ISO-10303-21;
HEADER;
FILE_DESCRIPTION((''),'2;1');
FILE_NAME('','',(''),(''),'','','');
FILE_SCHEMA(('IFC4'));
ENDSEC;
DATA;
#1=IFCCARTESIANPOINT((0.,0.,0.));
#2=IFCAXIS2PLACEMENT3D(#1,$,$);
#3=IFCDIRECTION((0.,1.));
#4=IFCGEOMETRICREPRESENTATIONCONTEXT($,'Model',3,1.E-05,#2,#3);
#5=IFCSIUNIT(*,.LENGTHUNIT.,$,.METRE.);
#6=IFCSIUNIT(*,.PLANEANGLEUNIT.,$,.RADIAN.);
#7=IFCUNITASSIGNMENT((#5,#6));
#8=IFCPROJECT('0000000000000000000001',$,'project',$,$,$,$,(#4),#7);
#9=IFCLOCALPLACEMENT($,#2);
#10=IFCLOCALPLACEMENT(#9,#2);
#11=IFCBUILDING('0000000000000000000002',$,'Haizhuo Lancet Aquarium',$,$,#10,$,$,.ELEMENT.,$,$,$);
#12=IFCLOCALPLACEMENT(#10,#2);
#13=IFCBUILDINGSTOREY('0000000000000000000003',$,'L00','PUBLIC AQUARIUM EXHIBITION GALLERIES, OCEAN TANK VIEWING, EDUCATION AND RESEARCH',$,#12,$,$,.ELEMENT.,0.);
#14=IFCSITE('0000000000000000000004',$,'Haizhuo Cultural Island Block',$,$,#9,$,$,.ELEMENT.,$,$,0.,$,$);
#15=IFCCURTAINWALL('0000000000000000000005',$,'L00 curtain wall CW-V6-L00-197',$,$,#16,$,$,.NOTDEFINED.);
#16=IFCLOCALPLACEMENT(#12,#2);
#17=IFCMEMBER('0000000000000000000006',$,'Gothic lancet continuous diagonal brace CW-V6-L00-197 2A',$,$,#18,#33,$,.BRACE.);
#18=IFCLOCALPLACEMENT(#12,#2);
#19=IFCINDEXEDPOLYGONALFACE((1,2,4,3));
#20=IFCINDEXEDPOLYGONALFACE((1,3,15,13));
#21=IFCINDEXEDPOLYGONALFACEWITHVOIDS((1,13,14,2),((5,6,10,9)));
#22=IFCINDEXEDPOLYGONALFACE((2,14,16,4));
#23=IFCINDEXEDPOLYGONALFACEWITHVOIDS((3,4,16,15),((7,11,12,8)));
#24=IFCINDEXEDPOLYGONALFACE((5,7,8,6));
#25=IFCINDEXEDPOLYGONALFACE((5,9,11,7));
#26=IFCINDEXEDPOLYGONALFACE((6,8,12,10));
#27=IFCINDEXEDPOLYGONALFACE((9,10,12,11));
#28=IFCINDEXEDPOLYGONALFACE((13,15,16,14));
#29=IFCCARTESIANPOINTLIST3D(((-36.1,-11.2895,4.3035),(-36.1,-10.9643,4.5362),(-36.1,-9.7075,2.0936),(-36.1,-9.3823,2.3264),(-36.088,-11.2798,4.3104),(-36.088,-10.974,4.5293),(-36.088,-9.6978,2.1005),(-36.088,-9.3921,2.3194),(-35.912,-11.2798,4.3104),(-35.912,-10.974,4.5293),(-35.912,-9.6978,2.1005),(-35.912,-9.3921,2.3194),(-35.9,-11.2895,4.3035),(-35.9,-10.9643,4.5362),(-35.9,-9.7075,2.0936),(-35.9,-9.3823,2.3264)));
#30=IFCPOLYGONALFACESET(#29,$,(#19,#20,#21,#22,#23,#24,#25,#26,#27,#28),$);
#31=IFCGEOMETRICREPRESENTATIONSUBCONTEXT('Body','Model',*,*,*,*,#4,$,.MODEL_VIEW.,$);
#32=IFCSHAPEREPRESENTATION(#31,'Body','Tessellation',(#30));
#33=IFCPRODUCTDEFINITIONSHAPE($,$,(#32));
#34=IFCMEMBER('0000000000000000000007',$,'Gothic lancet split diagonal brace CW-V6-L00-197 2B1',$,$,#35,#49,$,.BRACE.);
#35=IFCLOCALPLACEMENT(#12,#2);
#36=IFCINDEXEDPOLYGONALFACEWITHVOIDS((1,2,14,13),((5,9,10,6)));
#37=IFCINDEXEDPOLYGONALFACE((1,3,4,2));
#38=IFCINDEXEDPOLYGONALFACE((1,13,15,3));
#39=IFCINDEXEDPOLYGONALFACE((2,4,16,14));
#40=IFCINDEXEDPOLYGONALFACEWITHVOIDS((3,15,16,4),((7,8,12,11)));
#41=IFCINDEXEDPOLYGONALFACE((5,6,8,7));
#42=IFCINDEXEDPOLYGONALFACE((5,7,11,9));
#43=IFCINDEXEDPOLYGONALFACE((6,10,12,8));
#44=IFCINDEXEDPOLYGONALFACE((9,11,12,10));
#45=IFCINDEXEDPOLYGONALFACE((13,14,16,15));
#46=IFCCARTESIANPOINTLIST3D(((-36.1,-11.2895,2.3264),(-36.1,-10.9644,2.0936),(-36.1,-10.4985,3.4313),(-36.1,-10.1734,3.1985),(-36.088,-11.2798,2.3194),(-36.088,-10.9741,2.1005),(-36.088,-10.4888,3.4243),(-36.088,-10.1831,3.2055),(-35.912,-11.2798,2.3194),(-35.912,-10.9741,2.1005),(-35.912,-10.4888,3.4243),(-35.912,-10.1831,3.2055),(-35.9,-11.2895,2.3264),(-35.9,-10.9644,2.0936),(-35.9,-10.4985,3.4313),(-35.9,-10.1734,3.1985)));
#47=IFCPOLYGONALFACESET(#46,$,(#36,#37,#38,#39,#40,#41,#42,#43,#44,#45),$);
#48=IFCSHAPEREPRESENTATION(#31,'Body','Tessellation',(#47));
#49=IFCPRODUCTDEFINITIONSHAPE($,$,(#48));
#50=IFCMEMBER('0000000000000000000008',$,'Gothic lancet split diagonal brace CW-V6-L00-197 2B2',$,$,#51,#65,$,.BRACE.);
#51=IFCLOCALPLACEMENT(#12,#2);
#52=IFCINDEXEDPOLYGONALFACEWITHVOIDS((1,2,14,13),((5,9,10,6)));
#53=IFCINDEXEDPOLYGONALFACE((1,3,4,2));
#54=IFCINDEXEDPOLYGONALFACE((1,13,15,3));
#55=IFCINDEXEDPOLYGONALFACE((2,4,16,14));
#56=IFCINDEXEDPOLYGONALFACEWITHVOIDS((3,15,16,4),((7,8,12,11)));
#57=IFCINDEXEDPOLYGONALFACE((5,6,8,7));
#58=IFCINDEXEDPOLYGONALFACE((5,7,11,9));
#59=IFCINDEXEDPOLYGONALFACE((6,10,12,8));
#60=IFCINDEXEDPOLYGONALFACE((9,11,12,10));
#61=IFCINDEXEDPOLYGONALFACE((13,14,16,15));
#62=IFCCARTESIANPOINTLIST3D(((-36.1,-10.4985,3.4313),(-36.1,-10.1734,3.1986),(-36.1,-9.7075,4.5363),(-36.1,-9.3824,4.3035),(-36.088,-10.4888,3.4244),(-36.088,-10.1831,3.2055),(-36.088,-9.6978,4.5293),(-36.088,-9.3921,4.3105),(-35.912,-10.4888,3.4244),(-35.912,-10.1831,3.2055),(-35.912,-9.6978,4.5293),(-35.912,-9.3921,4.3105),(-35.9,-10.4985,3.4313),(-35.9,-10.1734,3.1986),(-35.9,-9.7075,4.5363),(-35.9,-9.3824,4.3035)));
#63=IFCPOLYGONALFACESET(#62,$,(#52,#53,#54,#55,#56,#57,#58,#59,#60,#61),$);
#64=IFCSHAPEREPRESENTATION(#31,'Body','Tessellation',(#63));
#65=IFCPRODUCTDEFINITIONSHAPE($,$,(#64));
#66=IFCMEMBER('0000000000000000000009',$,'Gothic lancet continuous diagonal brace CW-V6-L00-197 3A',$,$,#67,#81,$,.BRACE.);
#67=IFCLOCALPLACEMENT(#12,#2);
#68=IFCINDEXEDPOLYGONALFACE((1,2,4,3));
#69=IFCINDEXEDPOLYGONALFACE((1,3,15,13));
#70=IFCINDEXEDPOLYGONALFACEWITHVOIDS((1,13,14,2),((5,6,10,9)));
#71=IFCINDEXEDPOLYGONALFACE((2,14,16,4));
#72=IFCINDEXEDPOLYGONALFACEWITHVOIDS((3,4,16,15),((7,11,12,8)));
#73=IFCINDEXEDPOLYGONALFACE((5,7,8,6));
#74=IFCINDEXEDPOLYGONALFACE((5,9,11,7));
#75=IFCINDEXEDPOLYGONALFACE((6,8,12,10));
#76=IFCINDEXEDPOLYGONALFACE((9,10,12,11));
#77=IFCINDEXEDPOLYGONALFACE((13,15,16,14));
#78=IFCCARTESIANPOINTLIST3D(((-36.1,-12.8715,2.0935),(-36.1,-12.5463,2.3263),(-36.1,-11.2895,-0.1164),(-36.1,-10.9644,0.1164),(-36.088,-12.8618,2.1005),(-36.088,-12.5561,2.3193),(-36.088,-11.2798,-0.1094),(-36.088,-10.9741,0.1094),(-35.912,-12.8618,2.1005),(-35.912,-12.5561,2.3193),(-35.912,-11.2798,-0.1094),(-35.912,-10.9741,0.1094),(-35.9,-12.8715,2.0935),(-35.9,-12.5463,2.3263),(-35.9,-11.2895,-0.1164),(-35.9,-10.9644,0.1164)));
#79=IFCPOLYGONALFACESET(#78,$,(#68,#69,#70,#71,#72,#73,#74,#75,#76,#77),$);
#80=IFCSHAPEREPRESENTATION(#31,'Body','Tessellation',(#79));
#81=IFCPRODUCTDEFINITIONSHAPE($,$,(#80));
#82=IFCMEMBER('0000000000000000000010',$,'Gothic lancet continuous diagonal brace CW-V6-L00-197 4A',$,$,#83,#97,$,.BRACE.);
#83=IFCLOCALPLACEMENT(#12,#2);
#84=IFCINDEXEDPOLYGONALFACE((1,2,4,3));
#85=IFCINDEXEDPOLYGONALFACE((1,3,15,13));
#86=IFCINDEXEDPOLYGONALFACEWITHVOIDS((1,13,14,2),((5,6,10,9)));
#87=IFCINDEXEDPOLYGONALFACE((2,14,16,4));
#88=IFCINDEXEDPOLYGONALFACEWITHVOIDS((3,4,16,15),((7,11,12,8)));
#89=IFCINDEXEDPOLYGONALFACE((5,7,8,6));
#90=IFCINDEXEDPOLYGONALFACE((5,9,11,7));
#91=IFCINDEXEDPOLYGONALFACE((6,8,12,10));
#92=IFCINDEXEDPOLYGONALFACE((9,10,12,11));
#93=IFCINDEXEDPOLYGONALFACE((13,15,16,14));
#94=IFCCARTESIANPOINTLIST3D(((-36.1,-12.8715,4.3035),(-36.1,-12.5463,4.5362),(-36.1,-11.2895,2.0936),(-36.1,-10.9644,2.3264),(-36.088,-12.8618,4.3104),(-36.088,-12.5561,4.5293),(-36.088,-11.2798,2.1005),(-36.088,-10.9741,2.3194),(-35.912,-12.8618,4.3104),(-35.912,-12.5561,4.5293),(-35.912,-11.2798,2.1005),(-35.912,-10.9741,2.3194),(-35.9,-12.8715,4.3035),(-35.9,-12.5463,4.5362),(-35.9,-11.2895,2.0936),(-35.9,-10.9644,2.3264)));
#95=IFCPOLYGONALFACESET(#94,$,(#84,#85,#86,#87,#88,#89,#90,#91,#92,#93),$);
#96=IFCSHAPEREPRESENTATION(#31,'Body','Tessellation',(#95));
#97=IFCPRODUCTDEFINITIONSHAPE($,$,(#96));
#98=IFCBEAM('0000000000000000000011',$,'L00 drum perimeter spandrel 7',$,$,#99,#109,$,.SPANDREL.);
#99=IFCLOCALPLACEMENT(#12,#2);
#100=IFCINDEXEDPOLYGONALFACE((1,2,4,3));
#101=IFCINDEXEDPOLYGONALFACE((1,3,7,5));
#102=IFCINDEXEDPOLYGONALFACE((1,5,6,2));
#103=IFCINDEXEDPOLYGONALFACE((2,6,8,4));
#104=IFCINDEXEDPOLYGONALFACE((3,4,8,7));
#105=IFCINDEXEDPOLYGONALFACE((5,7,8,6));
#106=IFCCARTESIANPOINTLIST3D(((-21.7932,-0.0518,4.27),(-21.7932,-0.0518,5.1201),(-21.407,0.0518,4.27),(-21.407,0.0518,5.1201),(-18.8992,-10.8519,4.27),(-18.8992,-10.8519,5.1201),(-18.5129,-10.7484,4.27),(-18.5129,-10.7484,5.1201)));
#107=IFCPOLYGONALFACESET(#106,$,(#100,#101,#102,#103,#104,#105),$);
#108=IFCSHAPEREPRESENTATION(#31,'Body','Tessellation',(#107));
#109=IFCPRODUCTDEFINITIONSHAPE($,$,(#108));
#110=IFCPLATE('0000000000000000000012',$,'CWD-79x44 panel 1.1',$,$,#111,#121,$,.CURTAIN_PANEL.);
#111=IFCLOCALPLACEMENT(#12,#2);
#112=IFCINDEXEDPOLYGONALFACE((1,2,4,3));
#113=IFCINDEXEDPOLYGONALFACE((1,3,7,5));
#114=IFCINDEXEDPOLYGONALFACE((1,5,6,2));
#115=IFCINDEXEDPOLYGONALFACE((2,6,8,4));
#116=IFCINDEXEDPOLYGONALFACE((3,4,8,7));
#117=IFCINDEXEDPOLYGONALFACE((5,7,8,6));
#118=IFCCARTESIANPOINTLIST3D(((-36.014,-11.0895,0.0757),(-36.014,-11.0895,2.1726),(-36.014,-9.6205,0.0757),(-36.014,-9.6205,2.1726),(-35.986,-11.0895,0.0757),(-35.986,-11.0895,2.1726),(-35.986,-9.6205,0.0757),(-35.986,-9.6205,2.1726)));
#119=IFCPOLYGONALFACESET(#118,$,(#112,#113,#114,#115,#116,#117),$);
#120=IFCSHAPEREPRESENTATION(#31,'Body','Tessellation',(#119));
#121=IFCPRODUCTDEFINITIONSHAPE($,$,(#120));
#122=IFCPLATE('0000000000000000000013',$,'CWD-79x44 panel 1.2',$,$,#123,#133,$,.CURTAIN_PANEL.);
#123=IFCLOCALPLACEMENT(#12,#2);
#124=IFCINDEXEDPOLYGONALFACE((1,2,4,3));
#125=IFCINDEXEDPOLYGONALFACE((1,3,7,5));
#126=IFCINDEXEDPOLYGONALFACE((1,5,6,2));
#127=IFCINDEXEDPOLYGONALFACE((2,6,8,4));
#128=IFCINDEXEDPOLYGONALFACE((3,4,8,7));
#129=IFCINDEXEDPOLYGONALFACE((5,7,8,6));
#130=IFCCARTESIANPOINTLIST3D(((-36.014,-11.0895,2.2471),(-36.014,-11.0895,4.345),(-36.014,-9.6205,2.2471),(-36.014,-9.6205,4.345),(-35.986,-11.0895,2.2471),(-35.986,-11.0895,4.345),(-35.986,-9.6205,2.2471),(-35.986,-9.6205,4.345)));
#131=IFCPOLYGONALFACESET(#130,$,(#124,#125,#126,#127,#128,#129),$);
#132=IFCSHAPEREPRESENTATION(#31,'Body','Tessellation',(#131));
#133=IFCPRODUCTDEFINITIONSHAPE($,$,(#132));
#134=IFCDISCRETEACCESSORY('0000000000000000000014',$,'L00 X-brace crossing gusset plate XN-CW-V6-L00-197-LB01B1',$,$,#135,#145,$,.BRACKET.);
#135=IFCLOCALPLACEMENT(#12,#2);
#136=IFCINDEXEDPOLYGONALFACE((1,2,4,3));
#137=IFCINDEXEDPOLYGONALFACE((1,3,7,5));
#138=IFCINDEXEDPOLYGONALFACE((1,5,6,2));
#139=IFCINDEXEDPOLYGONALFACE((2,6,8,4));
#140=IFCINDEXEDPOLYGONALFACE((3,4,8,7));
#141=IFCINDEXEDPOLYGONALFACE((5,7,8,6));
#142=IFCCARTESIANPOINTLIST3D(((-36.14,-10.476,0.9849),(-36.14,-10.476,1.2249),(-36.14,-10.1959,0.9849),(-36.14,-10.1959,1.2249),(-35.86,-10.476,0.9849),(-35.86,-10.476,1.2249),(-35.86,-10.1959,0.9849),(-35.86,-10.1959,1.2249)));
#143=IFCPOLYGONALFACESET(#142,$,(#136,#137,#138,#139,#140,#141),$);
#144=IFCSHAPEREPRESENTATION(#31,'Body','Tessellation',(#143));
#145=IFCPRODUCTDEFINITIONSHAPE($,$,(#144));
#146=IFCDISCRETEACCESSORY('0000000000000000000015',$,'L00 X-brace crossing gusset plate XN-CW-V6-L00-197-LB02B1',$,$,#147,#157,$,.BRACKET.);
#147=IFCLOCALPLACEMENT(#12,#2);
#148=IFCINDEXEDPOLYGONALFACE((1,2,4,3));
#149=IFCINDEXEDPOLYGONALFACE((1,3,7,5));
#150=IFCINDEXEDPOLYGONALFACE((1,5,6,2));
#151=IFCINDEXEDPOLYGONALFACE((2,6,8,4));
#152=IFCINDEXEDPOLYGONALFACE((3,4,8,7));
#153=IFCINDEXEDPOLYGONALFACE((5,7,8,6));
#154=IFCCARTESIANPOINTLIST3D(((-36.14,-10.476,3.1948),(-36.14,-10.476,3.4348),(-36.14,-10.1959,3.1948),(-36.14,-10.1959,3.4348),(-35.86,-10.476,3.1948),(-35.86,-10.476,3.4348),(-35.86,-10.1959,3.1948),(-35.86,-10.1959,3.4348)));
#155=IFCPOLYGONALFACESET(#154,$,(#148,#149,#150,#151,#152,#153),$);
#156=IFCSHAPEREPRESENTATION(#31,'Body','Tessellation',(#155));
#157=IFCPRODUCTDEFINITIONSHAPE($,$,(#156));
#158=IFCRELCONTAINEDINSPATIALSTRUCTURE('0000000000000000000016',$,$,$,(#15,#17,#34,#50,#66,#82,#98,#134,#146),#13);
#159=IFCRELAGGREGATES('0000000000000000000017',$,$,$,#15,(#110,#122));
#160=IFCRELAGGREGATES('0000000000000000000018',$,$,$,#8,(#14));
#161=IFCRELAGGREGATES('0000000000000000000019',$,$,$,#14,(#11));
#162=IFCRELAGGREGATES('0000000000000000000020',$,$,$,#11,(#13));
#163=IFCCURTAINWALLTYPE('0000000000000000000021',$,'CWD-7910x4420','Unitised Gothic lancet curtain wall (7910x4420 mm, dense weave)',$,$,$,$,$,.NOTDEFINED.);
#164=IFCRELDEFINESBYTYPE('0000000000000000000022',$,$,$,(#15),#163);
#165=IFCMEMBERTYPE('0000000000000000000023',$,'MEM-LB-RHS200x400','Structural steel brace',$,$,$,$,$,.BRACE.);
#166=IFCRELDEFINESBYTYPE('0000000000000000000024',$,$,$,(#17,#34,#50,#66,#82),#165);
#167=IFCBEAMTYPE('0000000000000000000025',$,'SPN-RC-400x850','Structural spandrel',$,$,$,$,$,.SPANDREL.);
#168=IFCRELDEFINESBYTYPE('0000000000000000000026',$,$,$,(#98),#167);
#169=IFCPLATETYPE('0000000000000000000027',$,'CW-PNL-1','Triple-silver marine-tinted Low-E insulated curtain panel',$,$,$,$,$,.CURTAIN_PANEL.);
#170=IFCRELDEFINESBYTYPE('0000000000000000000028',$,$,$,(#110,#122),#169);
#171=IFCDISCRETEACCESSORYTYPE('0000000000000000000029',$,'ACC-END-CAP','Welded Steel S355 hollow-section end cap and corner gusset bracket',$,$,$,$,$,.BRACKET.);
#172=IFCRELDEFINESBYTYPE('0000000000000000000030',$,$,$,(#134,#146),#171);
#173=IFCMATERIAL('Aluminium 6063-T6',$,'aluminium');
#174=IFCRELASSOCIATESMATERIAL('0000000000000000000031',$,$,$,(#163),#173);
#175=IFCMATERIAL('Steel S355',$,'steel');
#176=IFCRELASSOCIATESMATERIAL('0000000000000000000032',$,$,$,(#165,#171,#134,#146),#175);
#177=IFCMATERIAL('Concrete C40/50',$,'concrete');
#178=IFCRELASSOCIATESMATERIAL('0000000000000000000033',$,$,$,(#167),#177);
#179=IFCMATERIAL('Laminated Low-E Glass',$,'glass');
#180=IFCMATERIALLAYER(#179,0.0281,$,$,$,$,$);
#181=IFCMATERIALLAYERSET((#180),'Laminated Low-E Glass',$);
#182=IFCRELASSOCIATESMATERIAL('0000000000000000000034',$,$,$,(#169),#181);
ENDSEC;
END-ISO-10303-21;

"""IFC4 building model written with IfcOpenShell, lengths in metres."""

from ifc_helpers import new_model, si_unit, direction, frame, origin, origin_2d, place, context, subcontext, project, spatial, rectangle, hollow_rectangle, extrude, material, layer, layer_set, material_profile, profile_set, type_object, element, aggregate, save


model = new_model("IFC4")

# Units and contexts
model_context = context("Model", 3, precision=1e-05, world=origin(), true_north=direction((0.0, 1.0)))
body_context = subcontext(model_context, "Body", "Model", "MODEL_VIEW")
ifc_project = project(units=[si_unit("LENGTHUNIT", "METRE"), si_unit("PLANEANGLEUNIT", "RADIAN")], contexts=[model_context])

# Site, building, storey
site_placement = place(None, origin())
site = spatial("IfcSite", under=ifc_project, at=site_placement, Name="Haizhuo Cultural Island Block", CompositionType="ELEMENT", RefElevation=0.0)
building_placement = place(site_placement, origin())
building = spatial("IfcBuilding", under=site, at=building_placement, Name="Haizhuo Lancet Aquarium", CompositionType="ELEMENT")
storey_placement = place(building_placement, origin())
storey = spatial("IfcBuildingStorey", under=building, at=storey_placement, Name="L00", Description="PUBLIC AQUARIUM EXHIBITION GALLERIES, OCEAN TANK VIEWING, EDUCATION AND RESEARCH", CompositionType="ELEMENT", Elevation=0.0)

# Curtain wall
ifc_material_1 = material(Name="Aluminium 6063-T6", Category="aluminium")
curtain_wall_type = type_object("IfcCurtainWallType", Name="CWD-7910x4420", Description="Unitised Gothic lancet curtain wall (7910x4420 mm, dense weave)", PredefinedType="NOTDEFINED", material=ifc_material_1)
curtain_wall_placement = place(storey_placement, origin())
curtain_wall = element("IfcCurtainWall", 1, at=curtain_wall_placement, inside=storey, type_object=curtain_wall_type, Name="L00 curtain wall CW-V6-L00-197", PredefinedType="NOTDEFINED")

# Members
ifc_material_2 = material(Name="Steel S355", Category="steel")
ifc_material_profile_1 = material_profile(ifc_material_2, hollow_rectangle(XDim=0.2, YDim=0.3999, WallThickness=0.012, at=origin_2d()), Name="RHS 200x400x12")
ifc_profile_set_1 = profile_set([ifc_material_profile_1], Name="Steel S355")
member_type_1 = type_object("IfcMemberType", Name="MEM-LB-RHS200x400", Description="Structural steel brace", PredefinedType="BRACE", material=ifc_profile_set_1)
member_1_placement = place(storey_placement, frame((-36.0, -9.5449, 2.21), z_axis=(0.0, -0.582088, 0.813126), x_axis=(1.0, 0.0, 0.0)))
element("IfcMember", 2, at=member_1_placement, inside=storey, type_object=member_type_1, Name="Gothic lancet continuous diagonal brace CW-V6-L00-197 2A", PredefinedType="BRACE", context=body_context, shape_type="SweptSolid", body=[
    extrude(hollow_rectangle(XDim=0.2, YDim=0.3999, WallThickness=0.012, at=origin_2d()), origin(), (0.0, 0.0, 1.0), 2.7178),
])
for number, where, z_axis, x_axis, name in (
    (3, (-36.0, -11.127, 2.21), (0.0, 0.582088, 0.813126), (-1.0, 0.0, 0.0), "Gothic lancet split diagonal brace CW-V6-L00-197 2B1"),
    (4, (-36.0, -10.3359, 3.3149), (0.0, 0.582088, 0.813126), (-1.0, 0.0, 0.0), "Gothic lancet split diagonal brace CW-V6-L00-197 2B2"),
):
    element("IfcMember", number, at=place(storey_placement, frame(where, z_axis=z_axis, x_axis=x_axis)), inside=storey, type_object=member_type_1, Name=name, PredefinedType="BRACE", context=body_context, shape_type="SweptSolid", body=[
        extrude(hollow_rectangle(XDim=0.2, YDim=0.3999, WallThickness=0.012, at=origin_2d()), origin(), (0.0, 0.0, 1.0), 1.3589),
    ])
for number, where, z_axis, x_axis, name in (
    (5, (-36.0, -11.127, 0.0), (0.0, -0.582088, 0.813126), (1.0, 0.0, 0.0), "Gothic lancet continuous diagonal brace CW-V6-L00-197 3A"),
    (6, (-36.0, -11.127, 2.21), (0.0, -0.582088, 0.813126), (1.0, 0.0, 0.0), "Gothic lancet continuous diagonal brace CW-V6-L00-197 4A"),
):
    element("IfcMember", number, at=place(storey_placement, frame(where, z_axis=z_axis, x_axis=x_axis)), inside=storey, type_object=member_type_1, Name=name, PredefinedType="BRACE", context=body_context, shape_type="SweptSolid", body=[
        extrude(hollow_rectangle(XDim=0.2, YDim=0.3999, WallThickness=0.012, at=origin_2d()), origin(), (0.0, 0.0, 1.0), 2.7178),
    ])

# Beam
ifc_material_3 = material(Name="Concrete C40/50", Category="concrete")
ifc_material_profile_2 = material_profile(ifc_material_3, rectangle(XDim=0.3999, YDim=0.8501, at=origin_2d()), Name="RC-SP 400x850")
ifc_profile_set_2 = profile_set([ifc_material_profile_2], Name="Concrete C40/50")
beam_type = type_object("IfcBeamType", Name="SPN-RC-400x850", Description="Structural spandrel", PredefinedType="SPANDREL", material=ifc_profile_set_2)
beam_placement = place(storey_placement, frame((-21.6001, 0.0, 4.6951), z_axis=(0.258834, -0.965922, 0.0), x_axis=(0.965922, 0.258834, 0.0)))
element("IfcBeam", 7, at=beam_placement, inside=storey, type_object=beam_type, Name="L00 drum perimeter spandrel 7", PredefinedType="SPANDREL", context=body_context, shape_type="SweptSolid", body=[
    extrude(rectangle(XDim=0.3999, YDim=0.8501, at=origin_2d()), origin(), (0.0, 0.0, 1.0), 11.1812),
])

# Plates
ifc_material_4 = material(Name="Laminated Low-E Glass", Category="glass")
ifc_layer = layer(ifc_material_4, 0.0281)
ifc_layer_set = layer_set([ifc_layer], Name="Laminated Low-E Glass")
plate_type = type_object("IfcPlateType", Name="CW-PNL-1", Description="Triple-silver marine-tinted Low-E insulated curtain panel", PredefinedType="CURTAIN_PANEL", material=ifc_layer_set)
plate_1_placement = place(storey_placement, frame((-36.0, -10.355, 0.0757), z_axis=(0.0, 0.0, 1.0), x_axis=(0.0, -1.0, 0.0)))
plate_1 = element("IfcPlate", 8, at=plate_1_placement, type_object=plate_type, Name="CWD-79x44 panel 1.1", PredefinedType="CURTAIN_PANEL", context=body_context, shape_type="SweptSolid", body=[
    extrude(rectangle(XDim=1.469, YDim=0.0281, at=origin_2d()), origin(), (0.0, 0.0, 1.0), 2.0969),
])
plate_2_placement = place(storey_placement, frame((-36.0, -10.355, 2.2471), z_axis=(0.0, 0.0, 1.0), x_axis=(0.0, -1.0, 0.0)))
plate_2 = element("IfcPlate", 9, at=plate_2_placement, type_object=plate_type, Name="CWD-79x44 panel 1.2", PredefinedType="CURTAIN_PANEL", context=body_context, shape_type="SweptSolid", body=[
    extrude(rectangle(XDim=1.469, YDim=0.0281, at=origin_2d()), origin(), (0.0, 0.0, 1.0), 2.0979),
])
aggregate(curtain_wall, [plate_1, plate_2])

# Discrete accessories
discrete_accessory_type = type_object("IfcDiscreteAccessoryType", Name="ACC-END-CAP", Description="Welded Steel S355 hollow-section end cap and corner gusset bracket", PredefinedType="BRACKET", material=ifc_material_2)
for number, where, z_axis, x_axis, name in (
    (10, (-36.0, -10.3359, 0.9849), (0.0, 0.0, 1.0), (1.0, 0.0, 0.0), "L00 X-brace crossing gusset plate XN-CW-V6-L00-197-LB01B1"),
    (11, (-36.0, -10.3359, 3.1948), (0.0, 0.0, 1.0), (1.0, 0.0, 0.0), "L00 X-brace crossing gusset plate XN-CW-V6-L00-197-LB02B1"),
):
    element("IfcDiscreteAccessory", number, at=place(storey_placement, frame(where, z_axis=z_axis, x_axis=x_axis)), inside=storey, type_object=discrete_accessory_type, material=ifc_material_2, Name=name, PredefinedType="BRACKET", context=body_context, shape_type="SweptSolid", body=[
        extrude(rectangle(XDim=0.28, YDim=0.28, at=origin_2d()), origin(), (0.0, 0.0, 1.0), 0.24),
    ])

save(model, "model.ifc")
